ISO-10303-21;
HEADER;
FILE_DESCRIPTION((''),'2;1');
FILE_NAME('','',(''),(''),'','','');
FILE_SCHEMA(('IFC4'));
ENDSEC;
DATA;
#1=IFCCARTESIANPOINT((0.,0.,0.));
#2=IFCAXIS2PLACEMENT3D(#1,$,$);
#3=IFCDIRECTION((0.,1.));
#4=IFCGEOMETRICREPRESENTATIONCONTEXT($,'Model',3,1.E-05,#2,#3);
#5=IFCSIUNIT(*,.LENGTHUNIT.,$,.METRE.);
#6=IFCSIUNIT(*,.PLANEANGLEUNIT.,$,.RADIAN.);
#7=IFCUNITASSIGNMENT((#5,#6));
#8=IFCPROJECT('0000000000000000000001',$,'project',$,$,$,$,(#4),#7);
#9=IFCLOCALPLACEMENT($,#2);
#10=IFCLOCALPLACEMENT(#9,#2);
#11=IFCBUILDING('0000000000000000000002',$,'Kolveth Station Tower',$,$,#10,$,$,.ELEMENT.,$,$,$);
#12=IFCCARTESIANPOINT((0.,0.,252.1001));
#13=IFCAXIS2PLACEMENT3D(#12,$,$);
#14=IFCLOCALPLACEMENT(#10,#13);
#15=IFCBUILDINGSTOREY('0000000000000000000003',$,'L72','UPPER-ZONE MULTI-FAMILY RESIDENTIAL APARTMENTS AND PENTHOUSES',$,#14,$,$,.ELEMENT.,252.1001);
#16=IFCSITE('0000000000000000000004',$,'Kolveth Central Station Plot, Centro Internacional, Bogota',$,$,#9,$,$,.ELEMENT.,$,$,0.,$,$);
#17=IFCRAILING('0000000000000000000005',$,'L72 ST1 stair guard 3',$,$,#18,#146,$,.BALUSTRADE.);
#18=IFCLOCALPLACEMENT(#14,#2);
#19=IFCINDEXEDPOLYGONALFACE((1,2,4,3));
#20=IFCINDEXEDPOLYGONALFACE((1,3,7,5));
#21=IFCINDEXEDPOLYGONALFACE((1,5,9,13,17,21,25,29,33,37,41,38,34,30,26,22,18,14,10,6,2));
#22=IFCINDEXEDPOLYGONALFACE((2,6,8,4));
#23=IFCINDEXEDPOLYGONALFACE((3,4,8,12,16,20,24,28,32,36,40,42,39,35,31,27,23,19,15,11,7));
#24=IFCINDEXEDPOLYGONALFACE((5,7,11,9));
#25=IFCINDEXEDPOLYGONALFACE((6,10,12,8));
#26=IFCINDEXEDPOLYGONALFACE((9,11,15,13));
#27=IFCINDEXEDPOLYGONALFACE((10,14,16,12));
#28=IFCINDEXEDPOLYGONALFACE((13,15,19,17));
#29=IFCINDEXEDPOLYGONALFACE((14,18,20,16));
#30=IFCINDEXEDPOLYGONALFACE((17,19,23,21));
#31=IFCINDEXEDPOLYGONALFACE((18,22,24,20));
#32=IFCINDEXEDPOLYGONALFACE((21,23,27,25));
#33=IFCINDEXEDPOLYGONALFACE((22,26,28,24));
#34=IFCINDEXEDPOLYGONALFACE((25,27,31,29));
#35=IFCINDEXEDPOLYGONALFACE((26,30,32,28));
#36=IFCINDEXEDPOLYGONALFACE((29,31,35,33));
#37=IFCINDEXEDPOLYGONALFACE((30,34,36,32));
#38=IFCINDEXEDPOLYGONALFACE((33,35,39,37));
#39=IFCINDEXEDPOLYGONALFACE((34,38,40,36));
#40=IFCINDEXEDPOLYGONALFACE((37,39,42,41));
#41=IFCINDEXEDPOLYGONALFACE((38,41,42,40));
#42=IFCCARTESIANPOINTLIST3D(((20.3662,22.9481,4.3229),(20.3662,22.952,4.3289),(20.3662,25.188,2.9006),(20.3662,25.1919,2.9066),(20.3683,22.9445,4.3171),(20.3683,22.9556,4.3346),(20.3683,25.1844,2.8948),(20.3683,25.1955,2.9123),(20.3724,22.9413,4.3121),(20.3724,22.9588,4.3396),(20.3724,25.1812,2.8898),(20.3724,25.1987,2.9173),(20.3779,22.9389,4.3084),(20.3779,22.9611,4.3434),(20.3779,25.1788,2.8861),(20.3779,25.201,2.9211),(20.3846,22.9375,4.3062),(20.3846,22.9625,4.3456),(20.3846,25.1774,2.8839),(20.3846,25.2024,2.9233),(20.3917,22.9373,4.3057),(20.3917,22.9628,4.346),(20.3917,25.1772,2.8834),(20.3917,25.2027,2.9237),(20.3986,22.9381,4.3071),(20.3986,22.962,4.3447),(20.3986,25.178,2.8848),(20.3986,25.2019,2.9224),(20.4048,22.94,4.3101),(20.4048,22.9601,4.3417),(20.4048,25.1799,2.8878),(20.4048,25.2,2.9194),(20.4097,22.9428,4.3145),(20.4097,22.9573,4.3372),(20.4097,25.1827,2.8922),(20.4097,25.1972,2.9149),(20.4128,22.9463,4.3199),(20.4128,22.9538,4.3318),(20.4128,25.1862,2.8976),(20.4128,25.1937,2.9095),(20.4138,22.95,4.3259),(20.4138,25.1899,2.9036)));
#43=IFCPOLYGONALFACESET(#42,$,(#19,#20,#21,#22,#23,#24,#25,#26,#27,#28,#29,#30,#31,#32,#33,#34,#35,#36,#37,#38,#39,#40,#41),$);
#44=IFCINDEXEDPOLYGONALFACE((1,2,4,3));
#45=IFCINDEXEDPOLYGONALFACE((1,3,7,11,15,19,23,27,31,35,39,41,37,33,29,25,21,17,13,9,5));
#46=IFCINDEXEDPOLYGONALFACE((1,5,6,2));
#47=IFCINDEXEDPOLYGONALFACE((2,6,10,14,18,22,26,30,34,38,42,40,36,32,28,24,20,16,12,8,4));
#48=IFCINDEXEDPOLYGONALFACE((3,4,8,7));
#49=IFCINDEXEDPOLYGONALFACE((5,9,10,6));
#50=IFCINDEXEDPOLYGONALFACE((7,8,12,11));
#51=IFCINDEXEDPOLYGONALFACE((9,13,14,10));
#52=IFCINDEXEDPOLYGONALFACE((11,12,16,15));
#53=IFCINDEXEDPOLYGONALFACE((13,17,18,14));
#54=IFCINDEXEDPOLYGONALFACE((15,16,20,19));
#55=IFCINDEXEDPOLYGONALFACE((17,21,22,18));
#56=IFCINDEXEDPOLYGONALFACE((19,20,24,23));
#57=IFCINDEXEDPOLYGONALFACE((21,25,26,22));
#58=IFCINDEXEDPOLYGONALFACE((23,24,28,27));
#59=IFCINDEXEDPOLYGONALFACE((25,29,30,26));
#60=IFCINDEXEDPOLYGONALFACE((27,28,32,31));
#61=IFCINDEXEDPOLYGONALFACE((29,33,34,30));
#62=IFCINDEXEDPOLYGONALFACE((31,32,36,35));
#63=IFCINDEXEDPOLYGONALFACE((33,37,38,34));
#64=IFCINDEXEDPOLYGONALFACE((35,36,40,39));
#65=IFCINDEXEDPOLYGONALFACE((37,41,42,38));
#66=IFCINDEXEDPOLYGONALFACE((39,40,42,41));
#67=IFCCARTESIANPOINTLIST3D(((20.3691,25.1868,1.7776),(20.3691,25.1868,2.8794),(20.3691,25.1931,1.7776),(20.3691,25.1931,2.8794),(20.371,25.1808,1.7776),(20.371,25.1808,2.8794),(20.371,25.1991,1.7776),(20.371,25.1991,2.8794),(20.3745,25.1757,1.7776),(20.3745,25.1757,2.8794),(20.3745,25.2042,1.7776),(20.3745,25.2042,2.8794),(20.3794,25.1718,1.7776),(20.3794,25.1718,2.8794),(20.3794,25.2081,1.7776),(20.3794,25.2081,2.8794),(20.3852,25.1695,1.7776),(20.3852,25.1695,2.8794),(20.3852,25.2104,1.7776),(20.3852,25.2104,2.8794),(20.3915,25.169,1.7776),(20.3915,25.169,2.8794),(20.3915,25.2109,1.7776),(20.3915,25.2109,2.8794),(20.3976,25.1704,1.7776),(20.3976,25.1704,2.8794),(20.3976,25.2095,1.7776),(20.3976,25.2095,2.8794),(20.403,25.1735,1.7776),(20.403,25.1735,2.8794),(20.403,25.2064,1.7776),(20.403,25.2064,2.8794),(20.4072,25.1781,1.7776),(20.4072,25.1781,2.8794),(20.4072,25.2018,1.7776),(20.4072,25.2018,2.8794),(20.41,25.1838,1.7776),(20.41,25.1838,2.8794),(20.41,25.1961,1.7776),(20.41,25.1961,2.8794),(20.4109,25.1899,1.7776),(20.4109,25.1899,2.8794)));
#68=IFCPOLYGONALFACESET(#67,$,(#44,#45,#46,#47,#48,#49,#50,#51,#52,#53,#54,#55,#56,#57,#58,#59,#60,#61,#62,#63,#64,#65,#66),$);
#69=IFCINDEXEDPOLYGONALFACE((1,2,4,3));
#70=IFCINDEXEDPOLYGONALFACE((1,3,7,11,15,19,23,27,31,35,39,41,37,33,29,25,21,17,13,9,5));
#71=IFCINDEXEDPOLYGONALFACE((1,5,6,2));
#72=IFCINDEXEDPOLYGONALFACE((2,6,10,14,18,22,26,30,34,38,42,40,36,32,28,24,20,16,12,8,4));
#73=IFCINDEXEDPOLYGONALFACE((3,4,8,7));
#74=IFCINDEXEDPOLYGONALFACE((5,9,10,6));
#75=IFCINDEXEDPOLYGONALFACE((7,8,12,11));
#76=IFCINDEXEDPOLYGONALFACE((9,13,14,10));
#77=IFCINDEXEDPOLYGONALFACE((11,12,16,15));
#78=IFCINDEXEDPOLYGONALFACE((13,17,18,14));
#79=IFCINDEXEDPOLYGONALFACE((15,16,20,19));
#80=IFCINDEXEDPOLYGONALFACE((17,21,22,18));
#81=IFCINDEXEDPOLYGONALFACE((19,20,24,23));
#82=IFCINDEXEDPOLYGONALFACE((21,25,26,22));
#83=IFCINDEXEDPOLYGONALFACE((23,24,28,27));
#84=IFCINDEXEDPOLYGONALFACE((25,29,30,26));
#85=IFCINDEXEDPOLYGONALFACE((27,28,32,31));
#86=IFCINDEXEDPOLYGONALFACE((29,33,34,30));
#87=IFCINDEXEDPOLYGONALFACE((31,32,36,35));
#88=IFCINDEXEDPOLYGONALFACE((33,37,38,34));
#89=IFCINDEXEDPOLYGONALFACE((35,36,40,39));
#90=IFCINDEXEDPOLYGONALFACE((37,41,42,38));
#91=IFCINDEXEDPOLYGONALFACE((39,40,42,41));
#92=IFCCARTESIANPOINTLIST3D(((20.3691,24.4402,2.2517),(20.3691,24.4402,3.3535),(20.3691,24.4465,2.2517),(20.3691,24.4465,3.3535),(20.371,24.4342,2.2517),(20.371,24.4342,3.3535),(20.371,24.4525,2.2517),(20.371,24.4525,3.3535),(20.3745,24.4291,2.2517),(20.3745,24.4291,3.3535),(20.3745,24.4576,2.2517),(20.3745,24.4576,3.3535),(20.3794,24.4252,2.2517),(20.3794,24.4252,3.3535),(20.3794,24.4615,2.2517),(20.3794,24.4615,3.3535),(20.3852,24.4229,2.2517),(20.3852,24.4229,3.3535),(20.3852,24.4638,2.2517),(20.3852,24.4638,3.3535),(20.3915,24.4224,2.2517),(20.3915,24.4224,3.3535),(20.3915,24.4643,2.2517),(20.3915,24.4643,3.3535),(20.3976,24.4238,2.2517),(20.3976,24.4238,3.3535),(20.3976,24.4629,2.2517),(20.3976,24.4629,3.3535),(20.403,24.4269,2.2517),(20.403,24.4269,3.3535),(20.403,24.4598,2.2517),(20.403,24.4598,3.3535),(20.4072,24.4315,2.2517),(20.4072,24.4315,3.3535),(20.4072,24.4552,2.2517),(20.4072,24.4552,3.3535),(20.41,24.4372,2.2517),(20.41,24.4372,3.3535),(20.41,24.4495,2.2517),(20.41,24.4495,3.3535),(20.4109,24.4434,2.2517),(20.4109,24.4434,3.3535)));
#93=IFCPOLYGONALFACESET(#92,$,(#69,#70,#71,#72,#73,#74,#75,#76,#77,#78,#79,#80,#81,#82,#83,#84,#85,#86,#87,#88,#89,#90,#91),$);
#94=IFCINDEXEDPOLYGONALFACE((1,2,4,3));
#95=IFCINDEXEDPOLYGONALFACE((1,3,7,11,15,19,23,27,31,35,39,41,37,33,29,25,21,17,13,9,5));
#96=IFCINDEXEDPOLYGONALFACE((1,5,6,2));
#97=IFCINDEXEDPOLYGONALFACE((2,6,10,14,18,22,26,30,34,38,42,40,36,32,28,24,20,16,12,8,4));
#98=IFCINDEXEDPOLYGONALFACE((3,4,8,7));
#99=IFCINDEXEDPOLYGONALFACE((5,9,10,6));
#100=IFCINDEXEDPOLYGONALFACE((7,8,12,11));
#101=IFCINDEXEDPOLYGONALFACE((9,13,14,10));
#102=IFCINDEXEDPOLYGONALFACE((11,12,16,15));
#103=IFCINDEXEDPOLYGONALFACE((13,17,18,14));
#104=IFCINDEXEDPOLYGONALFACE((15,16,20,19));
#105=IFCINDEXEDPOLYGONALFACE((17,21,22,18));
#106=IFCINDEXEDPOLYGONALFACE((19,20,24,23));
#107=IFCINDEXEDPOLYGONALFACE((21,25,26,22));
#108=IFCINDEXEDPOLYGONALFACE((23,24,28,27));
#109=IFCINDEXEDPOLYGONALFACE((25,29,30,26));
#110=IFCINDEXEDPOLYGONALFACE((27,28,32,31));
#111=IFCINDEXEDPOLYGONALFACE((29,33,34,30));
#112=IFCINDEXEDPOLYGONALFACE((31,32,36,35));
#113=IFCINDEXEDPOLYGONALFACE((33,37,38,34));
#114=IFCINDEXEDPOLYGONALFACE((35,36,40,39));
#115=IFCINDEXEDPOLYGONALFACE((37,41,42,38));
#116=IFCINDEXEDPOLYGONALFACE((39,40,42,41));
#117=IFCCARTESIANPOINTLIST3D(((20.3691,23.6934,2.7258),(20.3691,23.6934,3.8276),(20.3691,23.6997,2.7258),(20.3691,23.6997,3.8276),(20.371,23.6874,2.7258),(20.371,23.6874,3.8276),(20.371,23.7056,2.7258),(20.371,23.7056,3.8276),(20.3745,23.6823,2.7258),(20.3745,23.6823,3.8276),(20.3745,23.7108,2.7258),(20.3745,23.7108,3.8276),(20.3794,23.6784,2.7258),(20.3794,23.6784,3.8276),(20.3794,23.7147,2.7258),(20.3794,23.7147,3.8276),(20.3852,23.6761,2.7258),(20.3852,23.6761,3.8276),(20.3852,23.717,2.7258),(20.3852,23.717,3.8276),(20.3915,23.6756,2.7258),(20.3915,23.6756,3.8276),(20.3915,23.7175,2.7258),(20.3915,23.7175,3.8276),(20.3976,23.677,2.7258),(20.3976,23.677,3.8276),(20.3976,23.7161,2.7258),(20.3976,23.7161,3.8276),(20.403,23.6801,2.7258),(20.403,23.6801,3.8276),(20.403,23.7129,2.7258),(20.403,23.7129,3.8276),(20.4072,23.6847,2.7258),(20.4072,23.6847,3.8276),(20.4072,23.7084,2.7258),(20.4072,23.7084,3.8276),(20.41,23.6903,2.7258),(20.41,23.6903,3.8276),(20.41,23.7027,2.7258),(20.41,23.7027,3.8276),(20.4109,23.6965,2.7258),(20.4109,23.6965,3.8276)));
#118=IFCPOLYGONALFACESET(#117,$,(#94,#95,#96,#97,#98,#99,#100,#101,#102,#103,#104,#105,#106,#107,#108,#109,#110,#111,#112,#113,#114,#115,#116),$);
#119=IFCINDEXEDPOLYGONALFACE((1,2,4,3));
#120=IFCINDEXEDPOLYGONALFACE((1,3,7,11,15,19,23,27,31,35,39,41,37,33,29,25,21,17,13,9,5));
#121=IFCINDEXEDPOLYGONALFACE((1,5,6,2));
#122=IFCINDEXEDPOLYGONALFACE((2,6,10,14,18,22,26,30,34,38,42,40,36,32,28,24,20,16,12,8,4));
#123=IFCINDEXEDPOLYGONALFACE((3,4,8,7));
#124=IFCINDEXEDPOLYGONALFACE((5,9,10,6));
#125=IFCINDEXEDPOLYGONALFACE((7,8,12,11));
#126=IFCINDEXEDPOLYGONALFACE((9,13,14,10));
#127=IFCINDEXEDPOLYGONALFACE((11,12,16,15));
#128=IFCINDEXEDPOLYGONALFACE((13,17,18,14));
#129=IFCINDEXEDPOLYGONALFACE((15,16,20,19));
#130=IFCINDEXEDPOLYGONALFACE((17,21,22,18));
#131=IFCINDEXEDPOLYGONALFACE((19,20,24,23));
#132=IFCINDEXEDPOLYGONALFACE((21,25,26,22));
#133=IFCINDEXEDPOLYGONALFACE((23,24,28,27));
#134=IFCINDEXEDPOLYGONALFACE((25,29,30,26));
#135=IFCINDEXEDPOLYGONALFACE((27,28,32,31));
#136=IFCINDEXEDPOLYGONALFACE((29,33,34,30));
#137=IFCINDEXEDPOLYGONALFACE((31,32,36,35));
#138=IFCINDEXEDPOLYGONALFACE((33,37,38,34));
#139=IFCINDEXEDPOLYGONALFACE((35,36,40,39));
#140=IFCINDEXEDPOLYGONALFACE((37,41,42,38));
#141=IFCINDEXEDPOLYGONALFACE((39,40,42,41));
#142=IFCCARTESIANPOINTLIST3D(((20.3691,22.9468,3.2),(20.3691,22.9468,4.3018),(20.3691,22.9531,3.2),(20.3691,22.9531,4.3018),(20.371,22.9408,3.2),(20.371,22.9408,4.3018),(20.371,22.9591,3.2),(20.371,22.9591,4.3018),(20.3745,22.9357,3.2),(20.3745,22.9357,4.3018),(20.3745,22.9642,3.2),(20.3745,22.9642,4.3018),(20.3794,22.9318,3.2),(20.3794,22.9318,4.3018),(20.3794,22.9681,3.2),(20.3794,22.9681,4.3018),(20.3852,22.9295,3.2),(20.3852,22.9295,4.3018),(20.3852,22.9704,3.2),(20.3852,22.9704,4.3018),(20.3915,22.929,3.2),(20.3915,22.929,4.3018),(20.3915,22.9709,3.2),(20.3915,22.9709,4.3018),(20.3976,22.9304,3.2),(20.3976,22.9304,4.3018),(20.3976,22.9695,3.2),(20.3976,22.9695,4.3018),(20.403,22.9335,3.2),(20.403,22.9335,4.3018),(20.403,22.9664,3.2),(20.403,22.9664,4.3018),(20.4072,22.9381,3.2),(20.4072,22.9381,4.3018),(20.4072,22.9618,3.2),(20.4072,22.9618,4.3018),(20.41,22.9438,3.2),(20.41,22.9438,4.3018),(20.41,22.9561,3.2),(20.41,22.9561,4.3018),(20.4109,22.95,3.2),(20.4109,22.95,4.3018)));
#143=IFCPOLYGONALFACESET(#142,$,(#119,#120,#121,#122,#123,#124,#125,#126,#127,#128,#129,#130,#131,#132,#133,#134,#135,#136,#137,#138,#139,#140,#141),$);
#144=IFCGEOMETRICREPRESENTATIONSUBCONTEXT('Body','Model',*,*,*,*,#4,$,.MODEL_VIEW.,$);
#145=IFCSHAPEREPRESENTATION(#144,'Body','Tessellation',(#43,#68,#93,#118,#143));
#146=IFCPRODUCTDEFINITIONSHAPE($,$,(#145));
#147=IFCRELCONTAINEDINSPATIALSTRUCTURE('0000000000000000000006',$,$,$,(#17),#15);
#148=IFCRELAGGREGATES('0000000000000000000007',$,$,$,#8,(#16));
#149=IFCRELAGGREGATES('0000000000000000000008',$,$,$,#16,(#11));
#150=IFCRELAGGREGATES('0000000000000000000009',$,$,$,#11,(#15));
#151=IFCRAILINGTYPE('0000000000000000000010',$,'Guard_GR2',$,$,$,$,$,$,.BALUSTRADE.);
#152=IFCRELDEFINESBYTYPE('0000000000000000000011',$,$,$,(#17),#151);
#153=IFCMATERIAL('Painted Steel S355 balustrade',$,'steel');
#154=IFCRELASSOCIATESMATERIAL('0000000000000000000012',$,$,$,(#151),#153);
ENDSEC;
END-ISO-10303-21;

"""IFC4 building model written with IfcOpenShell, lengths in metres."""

from ifc_helpers import new_model, si_unit, direction, frame, origin, origin_2d, place, context, subcontext, project, spatial, circle, extrude, material, type_object, element, save


model = new_model("IFC4")

# Units and contexts
model_context = context("Model", 3, precision=1e-05, world=origin(), true_north=direction((0.0, 1.0)))
body_context = subcontext(model_context, "Body", "Model", "MODEL_VIEW")
ifc_project = project(units=[si_unit("LENGTHUNIT", "METRE"), si_unit("PLANEANGLEUNIT", "RADIAN")], contexts=[model_context])

# Site, building, storey
site_placement = place(None, origin())
site = spatial("IfcSite", under=ifc_project, at=site_placement, Name="Kolveth Central Station Plot, Centro Internacional, Bogota", CompositionType="ELEMENT", RefElevation=0.0)
building_placement = place(site_placement, origin())
building = spatial("IfcBuilding", under=site, at=building_placement, Name="Kolveth Station Tower", CompositionType="ELEMENT")
storey_placement = place(building_placement, frame((0.0, 0.0, 252.1001)))
storey = spatial("IfcBuildingStorey", under=building, at=storey_placement, Name="L72", Description="UPPER-ZONE MULTI-FAMILY RESIDENTIAL APARTMENTS AND PENTHOUSES", CompositionType="ELEMENT", Elevation=252.1001)

# Railing
ifc_material_1 = material(Name="Painted Steel S355 balustrade", Category="steel")
railing_type_1 = type_object("IfcRailingType", Name="Guard_GR2", PredefinedType="BALUSTRADE", material=ifc_material_1)
railing_1_placement = place(storey_placement, frame((20.3899, 25.1899, 1.7776)))
element("IfcRailing", 1, at=railing_1_placement, inside=storey, type_object=railing_type_1, Name="L72 ST1 stair guard 3", PredefinedType="BALUSTRADE", context=body_context, shape_type="SweptSolid", body=[
    extrude(circle(Radius=0.0239, at=origin_2d()), frame((0.0, 0.0, 1.126), z_axis=(0.0, -0.844188, 0.536048), x_axis=(1.0, 0.0, 0.0)), (0.0, 0.0, 1.0), 2.6533),
    extrude(circle(Radius=0.021, at=origin_2d()), origin(), (0.0, 0.0, 1.0), 1.1018),
    extrude(circle(Radius=0.021, at=origin_2d()), frame((0.0, -0.7466, 0.4741)), (0.0, 0.0, 1.0), 1.1018),
    extrude(circle(Radius=0.021, at=origin_2d()), frame((0.0, -1.4934, 0.9482)), (0.0, 0.0, 1.0), 1.1018),
    extrude(circle(Radius=0.021, at=origin_2d()), frame((0.0, -2.24, 1.4224)), (0.0, 0.0, 1.0), 1.1018),
])

save(model, "model.ifc")
